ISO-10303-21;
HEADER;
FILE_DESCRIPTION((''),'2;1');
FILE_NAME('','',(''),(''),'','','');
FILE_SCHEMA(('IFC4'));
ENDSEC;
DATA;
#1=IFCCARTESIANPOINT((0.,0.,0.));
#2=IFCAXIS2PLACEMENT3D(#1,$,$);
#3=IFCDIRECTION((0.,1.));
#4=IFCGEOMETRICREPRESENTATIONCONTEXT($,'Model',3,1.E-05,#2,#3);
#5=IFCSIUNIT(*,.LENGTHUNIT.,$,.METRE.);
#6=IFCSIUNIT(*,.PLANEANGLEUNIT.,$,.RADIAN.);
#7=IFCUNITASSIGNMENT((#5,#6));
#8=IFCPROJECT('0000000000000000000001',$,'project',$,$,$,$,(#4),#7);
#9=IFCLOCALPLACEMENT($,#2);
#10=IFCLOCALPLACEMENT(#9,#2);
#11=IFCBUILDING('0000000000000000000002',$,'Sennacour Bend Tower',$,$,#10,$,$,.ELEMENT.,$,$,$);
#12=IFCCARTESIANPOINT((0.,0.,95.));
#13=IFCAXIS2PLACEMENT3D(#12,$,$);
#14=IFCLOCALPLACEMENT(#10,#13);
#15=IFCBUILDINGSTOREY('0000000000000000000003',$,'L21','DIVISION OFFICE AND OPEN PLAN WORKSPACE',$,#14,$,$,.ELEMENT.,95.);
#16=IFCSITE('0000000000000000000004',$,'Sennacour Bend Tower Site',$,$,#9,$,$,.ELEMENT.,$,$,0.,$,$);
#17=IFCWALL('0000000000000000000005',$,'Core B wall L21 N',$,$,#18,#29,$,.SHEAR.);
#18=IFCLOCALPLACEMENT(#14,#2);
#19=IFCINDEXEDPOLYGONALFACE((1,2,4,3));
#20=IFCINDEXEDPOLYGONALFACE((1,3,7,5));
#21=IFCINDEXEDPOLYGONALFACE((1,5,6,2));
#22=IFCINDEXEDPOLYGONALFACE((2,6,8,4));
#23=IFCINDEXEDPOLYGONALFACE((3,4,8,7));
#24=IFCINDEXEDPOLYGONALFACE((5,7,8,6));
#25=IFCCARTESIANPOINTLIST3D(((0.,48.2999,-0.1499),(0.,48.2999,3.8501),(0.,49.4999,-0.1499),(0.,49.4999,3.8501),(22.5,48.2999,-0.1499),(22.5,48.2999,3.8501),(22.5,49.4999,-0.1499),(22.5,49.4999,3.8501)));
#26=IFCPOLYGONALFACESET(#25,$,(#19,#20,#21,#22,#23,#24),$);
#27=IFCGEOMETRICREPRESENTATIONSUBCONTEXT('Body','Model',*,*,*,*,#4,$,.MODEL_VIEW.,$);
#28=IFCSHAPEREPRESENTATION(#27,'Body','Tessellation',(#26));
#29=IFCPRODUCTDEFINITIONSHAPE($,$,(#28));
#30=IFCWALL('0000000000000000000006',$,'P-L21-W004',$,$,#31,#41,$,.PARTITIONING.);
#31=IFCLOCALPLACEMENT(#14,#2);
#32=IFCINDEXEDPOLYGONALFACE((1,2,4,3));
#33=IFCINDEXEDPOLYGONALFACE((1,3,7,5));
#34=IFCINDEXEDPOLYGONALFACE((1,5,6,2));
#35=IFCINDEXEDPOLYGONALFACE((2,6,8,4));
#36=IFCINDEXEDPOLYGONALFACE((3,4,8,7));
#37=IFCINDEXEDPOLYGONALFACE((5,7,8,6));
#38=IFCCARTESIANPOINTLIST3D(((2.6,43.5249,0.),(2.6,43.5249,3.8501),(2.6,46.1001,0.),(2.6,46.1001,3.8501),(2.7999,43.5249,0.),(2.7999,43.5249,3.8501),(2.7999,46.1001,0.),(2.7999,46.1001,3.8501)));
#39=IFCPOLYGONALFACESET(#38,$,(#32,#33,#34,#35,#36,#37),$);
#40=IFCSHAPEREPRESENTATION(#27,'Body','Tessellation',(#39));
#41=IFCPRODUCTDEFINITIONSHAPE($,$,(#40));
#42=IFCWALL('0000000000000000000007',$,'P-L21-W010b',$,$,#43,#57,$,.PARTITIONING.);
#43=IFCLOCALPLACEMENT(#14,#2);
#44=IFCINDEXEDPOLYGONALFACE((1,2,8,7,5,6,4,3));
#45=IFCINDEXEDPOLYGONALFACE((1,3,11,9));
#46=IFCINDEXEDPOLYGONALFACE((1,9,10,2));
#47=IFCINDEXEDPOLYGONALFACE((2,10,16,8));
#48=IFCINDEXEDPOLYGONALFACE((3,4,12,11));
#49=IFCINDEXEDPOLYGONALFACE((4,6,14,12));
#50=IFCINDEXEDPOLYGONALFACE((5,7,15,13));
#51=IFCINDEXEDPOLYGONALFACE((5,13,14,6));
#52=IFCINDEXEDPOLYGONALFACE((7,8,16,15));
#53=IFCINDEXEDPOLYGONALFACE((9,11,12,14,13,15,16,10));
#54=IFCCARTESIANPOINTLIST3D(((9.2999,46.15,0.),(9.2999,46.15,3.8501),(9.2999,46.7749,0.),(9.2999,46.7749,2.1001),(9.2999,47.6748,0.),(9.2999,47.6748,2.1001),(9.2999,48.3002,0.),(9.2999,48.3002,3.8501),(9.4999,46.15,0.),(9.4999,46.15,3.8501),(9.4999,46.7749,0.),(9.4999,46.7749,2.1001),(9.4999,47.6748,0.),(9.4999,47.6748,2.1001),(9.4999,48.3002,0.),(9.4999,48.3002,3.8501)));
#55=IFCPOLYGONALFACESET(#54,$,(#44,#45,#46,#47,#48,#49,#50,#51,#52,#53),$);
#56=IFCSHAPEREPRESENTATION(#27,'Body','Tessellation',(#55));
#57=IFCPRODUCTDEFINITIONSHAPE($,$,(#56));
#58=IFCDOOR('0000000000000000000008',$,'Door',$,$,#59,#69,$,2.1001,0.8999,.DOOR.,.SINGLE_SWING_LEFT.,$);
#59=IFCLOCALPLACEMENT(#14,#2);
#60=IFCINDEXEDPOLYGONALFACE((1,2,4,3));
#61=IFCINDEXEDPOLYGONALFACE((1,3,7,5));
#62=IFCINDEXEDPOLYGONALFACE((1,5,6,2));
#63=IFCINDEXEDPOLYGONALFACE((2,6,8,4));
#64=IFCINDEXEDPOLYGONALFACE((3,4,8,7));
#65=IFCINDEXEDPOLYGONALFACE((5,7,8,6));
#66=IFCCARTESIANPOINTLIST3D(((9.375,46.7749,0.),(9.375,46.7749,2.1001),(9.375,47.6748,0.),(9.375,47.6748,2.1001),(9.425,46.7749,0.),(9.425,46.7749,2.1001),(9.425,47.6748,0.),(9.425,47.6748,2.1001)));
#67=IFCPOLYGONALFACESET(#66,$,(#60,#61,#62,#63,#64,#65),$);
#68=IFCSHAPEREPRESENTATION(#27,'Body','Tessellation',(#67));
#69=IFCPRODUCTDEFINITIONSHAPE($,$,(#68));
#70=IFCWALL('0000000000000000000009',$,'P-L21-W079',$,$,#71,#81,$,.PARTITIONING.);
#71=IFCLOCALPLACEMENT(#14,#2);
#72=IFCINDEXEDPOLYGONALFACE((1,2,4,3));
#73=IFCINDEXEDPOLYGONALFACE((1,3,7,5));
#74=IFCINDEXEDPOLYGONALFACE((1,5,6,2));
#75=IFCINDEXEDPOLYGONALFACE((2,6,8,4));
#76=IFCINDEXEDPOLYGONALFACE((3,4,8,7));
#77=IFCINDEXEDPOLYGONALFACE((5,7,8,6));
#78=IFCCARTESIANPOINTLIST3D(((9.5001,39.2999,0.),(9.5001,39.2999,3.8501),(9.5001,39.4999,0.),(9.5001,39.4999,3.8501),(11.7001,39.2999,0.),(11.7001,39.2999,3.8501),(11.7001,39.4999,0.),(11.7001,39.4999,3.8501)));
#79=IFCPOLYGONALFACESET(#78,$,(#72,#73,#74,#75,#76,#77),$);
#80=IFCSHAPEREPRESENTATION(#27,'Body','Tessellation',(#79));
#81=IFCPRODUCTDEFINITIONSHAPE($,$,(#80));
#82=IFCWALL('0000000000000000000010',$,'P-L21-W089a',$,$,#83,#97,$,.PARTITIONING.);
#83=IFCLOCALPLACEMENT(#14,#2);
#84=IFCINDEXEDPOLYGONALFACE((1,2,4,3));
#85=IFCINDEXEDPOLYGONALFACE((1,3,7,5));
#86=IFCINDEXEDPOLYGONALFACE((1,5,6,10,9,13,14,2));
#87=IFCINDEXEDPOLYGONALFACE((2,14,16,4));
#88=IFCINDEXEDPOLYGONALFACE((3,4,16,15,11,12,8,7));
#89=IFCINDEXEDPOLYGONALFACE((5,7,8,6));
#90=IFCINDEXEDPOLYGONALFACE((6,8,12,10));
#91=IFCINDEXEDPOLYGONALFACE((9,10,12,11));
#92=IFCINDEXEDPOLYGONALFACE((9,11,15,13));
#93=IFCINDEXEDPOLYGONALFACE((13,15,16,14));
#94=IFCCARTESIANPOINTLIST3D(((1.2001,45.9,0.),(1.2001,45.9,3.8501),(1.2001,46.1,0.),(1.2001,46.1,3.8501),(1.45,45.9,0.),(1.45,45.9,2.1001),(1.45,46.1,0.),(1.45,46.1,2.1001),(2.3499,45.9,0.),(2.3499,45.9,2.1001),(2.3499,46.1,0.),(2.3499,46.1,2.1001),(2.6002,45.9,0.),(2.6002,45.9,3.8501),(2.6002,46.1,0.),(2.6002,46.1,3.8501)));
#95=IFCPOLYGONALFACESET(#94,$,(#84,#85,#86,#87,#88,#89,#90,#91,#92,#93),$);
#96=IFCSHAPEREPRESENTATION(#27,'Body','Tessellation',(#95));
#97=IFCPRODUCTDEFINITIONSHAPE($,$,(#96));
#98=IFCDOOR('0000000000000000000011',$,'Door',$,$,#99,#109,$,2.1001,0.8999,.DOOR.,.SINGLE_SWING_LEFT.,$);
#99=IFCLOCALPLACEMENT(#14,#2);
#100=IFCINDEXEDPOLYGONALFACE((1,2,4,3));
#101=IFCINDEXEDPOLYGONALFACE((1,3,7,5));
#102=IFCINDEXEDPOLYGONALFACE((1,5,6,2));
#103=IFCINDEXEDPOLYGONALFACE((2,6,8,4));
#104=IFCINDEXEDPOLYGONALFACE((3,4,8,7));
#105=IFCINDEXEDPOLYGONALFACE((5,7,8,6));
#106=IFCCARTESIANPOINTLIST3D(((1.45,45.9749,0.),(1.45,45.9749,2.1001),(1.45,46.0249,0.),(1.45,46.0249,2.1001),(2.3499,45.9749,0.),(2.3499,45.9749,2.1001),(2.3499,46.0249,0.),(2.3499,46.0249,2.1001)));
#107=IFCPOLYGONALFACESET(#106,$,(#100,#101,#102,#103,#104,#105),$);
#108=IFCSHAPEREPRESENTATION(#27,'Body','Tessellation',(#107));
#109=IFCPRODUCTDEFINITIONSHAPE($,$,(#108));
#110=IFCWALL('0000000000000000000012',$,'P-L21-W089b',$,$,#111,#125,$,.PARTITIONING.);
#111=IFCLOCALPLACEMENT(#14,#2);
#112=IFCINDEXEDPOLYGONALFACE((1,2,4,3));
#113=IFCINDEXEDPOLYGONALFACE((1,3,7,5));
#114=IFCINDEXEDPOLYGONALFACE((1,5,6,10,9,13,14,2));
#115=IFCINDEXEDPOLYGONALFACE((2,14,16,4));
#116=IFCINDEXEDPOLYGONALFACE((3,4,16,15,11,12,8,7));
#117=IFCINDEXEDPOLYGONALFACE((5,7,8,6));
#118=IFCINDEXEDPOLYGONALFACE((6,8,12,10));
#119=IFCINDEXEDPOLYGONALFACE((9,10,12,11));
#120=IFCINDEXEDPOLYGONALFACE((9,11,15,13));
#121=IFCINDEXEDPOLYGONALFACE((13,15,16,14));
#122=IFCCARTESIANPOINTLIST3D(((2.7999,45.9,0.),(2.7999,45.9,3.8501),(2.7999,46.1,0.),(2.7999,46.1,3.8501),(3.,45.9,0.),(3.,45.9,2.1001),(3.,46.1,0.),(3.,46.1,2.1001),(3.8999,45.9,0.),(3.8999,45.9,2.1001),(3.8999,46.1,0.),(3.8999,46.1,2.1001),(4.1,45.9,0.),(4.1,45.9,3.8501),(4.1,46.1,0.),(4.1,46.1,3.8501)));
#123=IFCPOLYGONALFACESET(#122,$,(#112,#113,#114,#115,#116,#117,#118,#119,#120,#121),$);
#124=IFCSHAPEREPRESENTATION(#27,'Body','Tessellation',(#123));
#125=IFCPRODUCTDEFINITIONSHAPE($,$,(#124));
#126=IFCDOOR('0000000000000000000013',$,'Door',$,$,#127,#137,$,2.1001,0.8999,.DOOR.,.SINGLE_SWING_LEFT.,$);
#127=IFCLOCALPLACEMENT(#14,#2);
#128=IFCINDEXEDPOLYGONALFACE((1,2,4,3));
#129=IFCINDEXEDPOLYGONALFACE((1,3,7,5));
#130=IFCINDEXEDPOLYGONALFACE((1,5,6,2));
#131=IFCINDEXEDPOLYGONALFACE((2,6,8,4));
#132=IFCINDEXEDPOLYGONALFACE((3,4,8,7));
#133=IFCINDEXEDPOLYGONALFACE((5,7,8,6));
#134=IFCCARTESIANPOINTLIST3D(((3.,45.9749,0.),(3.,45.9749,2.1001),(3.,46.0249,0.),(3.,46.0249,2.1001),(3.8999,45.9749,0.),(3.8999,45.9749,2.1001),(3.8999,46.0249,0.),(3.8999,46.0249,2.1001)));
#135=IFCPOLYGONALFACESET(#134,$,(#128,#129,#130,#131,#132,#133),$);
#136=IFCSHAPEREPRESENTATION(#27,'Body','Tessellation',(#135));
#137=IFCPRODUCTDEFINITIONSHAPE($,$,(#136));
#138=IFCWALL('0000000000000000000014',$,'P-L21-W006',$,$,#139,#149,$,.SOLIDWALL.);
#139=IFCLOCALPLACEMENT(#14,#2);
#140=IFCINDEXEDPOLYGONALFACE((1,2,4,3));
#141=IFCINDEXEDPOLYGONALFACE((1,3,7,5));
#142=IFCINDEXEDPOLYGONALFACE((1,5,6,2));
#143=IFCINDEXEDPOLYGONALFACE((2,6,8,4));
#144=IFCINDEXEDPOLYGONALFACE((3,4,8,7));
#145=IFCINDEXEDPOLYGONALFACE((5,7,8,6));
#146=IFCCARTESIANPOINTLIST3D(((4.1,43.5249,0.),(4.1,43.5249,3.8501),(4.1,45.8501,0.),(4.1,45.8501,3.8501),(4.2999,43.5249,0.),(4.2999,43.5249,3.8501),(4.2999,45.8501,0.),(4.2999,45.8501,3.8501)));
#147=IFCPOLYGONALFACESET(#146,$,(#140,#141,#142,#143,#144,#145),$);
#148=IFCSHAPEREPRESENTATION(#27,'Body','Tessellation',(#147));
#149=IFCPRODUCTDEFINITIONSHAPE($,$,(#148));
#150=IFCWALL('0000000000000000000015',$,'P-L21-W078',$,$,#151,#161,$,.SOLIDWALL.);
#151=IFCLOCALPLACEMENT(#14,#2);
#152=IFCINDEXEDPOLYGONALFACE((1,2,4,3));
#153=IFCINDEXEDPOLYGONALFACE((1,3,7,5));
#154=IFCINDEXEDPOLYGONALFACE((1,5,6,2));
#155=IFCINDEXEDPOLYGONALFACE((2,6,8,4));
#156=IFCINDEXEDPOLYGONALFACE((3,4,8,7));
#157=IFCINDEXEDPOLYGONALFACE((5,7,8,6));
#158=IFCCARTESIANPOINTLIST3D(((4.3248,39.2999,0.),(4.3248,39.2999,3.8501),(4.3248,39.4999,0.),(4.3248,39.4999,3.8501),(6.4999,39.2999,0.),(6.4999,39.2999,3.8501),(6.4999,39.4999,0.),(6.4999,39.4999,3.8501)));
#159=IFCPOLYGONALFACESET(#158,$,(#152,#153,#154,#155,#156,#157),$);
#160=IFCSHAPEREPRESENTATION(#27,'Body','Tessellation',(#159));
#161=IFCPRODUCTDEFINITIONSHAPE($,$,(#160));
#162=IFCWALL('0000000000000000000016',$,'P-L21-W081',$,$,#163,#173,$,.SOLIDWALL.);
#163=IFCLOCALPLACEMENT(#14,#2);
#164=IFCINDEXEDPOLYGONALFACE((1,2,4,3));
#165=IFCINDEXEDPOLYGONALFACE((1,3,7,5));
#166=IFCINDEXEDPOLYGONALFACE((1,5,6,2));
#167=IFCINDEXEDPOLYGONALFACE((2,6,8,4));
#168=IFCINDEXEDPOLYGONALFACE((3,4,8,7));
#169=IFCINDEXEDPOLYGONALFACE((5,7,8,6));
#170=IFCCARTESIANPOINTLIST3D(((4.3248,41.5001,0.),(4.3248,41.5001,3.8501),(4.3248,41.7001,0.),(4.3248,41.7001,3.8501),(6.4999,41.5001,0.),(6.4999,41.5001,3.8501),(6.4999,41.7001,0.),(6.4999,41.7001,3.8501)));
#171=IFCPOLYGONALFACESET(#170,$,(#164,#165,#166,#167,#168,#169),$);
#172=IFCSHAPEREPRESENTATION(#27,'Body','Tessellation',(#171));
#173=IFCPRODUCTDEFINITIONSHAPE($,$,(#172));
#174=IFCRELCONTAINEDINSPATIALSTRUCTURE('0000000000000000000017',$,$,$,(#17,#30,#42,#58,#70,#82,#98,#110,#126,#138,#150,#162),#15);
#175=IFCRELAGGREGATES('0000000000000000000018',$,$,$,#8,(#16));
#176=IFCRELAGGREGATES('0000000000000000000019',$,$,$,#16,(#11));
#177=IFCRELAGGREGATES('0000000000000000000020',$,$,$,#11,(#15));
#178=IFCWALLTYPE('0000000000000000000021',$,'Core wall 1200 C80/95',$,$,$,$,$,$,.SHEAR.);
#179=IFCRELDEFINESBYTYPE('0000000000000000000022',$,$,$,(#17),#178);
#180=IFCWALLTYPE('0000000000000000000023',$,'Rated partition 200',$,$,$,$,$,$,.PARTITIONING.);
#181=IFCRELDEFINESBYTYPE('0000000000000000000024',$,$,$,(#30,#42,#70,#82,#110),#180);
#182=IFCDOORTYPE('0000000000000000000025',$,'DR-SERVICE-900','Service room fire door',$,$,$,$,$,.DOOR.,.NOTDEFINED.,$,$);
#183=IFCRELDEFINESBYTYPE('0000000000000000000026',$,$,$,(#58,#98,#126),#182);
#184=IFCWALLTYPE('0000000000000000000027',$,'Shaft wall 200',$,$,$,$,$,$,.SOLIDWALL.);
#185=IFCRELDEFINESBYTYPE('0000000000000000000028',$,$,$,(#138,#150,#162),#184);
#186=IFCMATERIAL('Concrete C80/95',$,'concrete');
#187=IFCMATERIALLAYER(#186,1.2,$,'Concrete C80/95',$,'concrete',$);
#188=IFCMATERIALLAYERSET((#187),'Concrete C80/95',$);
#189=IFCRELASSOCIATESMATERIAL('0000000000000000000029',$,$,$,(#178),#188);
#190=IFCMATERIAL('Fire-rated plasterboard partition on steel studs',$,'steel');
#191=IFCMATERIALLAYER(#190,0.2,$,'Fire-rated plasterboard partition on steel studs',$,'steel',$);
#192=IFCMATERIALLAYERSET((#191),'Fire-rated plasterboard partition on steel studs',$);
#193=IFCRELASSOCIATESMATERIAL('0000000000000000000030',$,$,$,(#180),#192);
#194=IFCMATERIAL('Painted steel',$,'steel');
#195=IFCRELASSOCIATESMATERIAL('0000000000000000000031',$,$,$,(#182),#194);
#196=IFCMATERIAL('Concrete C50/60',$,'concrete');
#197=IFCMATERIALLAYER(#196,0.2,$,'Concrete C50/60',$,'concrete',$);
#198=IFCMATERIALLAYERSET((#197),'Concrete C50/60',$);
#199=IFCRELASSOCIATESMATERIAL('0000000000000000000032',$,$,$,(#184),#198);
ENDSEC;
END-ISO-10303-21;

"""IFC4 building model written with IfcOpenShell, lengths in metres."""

from ifc_helpers import new_model, si_unit, direction, frame, frame_2d, origin, place, context, subcontext, project, spatial, rectangle, extrude, material, layer, layer_set, type_object, element, fill, save


model = new_model("IFC4")

# Units and contexts
model_context = context("Model", 3, precision=1e-05, world=origin(), true_north=direction((0.0, 1.0)))
body_context = subcontext(model_context, "Body", "Model", "MODEL_VIEW")
ifc_project = project(units=[si_unit("LENGTHUNIT", "METRE"), si_unit("PLANEANGLEUNIT", "RADIAN")], contexts=[model_context])

# Site, building, storey
site_placement = place(None, origin())
site = spatial("IfcSite", under=ifc_project, at=site_placement, Name="Sennacour Bend Tower Site", CompositionType="ELEMENT", RefElevation=0.0)
building_placement = place(site_placement, origin())
building = spatial("IfcBuilding", under=site, at=building_placement, Name="Sennacour Bend Tower", CompositionType="ELEMENT")
storey_placement = place(building_placement, frame((0.0, 0.0, 95.0)))
storey = spatial("IfcBuildingStorey", under=building, at=storey_placement, Name="L21", Description="DIVISION OFFICE AND OPEN PLAN WORKSPACE", CompositionType="ELEMENT", Elevation=95.0)

# Walls
ifc_material_1 = material(Name="Concrete C80/95", Category="concrete")
ifc_layer_1 = layer(ifc_material_1, 1.2, Name="Concrete C80/95", Category="concrete")
ifc_layer_set_1 = layer_set([ifc_layer_1], Name="Concrete C80/95")
wall_type_1 = type_object("IfcWallType", Name="Core wall 1200 C80/95", PredefinedType="SHEAR", material=ifc_layer_set_1)
wall_1_placement = place(storey_placement, frame((0.0, 48.8999, -0.1499), z_axis=(0.0, 0.0, 1.0), x_axis=(1.0, 0.0, 0.0)))
element("IfcWall", 1, at=wall_1_placement, inside=storey, type_object=wall_type_1, Name="Core B wall L21 N", PredefinedType="SHEAR", context=body_context, shape_type="SweptSolid", body=[
    extrude(rectangle(XDim=22.5, YDim=1.2, at=frame_2d((11.25, 0.0))), origin(), (0.0, 0.0, 1.0), 4.0),
])
ifc_material_2 = material(Name="Fire-rated plasterboard partition on steel studs", Category="steel")
ifc_layer_2 = layer(ifc_material_2, 0.2, Name="Fire-rated plasterboard partition on steel studs", Category="steel")
ifc_layer_set_2 = layer_set([ifc_layer_2], Name="Fire-rated plasterboard partition on steel studs")
wall_type_2 = type_object("IfcWallType", Name="Rated partition 200", PredefinedType="PARTITIONING", material=ifc_layer_set_2)
wall_2_placement = place(storey_placement, frame((2.7, 43.5249, 0.0), z_axis=(0.0, 0.0, 1.0), x_axis=(0.0, 1.0, 0.0)))
element("IfcWall", 2, at=wall_2_placement, inside=storey, type_object=wall_type_2, Name="P-L21-W004", PredefinedType="PARTITIONING", context=body_context, shape_type="SweptSolid", body=[
    extrude(rectangle(XDim=2.5752, YDim=0.2, at=frame_2d((1.2876, 0.0))), origin(), (0.0, 0.0, 1.0), 3.8501),
])

# Wall, opening, door
wall_3_placement = place(storey_placement, frame((9.3999, 46.1499, 0.0), z_axis=(0.0, 0.0, 1.0), x_axis=(0.0, 1.0, 0.0)))
wall_3 = element("IfcWall", 3, at=wall_3_placement, inside=storey, type_object=wall_type_2, Name="P-L21-W010b", PredefinedType="PARTITIONING", context=body_context, shape_type="SweptSolid", body=[
    extrude(rectangle(XDim=2.1501, YDim=0.2, at=frame_2d((1.0752, 0.0))), origin(), (0.0, 0.0, 1.0), 3.8501),
])
opening_1_placement = place(wall_3_placement, frame((0.625, 0.0, 0.0)))
opening_1 = element("IfcOpeningElement", 4, at=opening_1_placement, cuts=wall_3, PredefinedType="OPENING", context=body_context, shape_type="SweptSolid", body=[
    extrude(rectangle(XDim=0.8999, YDim=2.1001, at=frame_2d((0.45, 1.05))), frame((0.0, 0.1099, 0.0), z_axis=(0.0, -1.0, 0.0), x_axis=(1.0, 0.0, 0.0)), (0.0, 0.0, 1.0), 0.22),
])
ifc_material_3 = material(Name="Painted steel", Category="steel")
door_type_1 = type_object("IfcDoorType", Name="DR-SERVICE-900", Description="Service room fire door", OperationType="NOTDEFINED", PredefinedType="DOOR", material=ifc_material_3)
door_1_placement = place(opening_1_placement, origin())
door_1 = element("IfcDoor", 5, at=door_1_placement, inside=storey, type_object=door_type_1, Name="Door", OperationType="SINGLE_SWING_LEFT", OverallHeight=2.1001, OverallWidth=0.8999, PredefinedType="DOOR", context=body_context, shape_type="SweptSolid", body=[
    extrude(rectangle(XDim=0.8999, YDim=2.1001, at=frame_2d((0.45, 1.05))), frame((0.0, 0.0249, 0.0), z_axis=(0.0, -1.0, 0.0), x_axis=(1.0, 0.0, 0.0)), (0.0, 0.0, 1.0), 0.05),
])
fill(opening_1, door_1)

# Wall
wall_4_placement = place(storey_placement, frame((9.5, 39.3999, 0.0), z_axis=(0.0, 0.0, 1.0), x_axis=(1.0, 0.0, 0.0)))
element("IfcWall", 6, at=wall_4_placement, inside=storey, type_object=wall_type_2, Name="P-L21-W079", PredefinedType="PARTITIONING", context=body_context, shape_type="SweptSolid", body=[
    extrude(rectangle(XDim=2.2, YDim=0.2, at=frame_2d((1.1001, 0.0))), origin(), (0.0, 0.0, 1.0), 3.8501),
])

# Walls, openings, doors
wall_5_placement = place(storey_placement, frame((1.2, 46.0, 0.0), z_axis=(0.0, 0.0, 1.0), x_axis=(1.0, 0.0, 0.0)))
wall_5 = element("IfcWall", 7, at=wall_5_placement, inside=storey, type_object=wall_type_2, Name="P-L21-W089a", PredefinedType="PARTITIONING", context=body_context, shape_type="SweptSolid", body=[
    extrude(rectangle(XDim=1.4001, YDim=0.2, at=frame_2d((0.7002, 0.0))), origin(), (0.0, 0.0, 1.0), 3.8501),
])
opening_2_placement = place(wall_5_placement, frame((0.25, 0.0, 0.0)))
opening_2 = element("IfcOpeningElement", 8, at=opening_2_placement, cuts=wall_5, PredefinedType="OPENING", context=body_context, shape_type="SweptSolid", body=[
    extrude(rectangle(XDim=0.8999, YDim=2.1001, at=frame_2d((0.45, 1.05))), frame((0.0, 0.1099, 0.0), z_axis=(0.0, -1.0, 0.0), x_axis=(1.0, 0.0, 0.0)), (0.0, 0.0, 1.0), 0.22),
])
door_2_placement = place(opening_2_placement, origin())
door_2 = element("IfcDoor", 9, at=door_2_placement, inside=storey, type_object=door_type_1, Name="Door", OperationType="SINGLE_SWING_LEFT", OverallHeight=2.1001, OverallWidth=0.8999, PredefinedType="DOOR", context=body_context, shape_type="SweptSolid", body=[
    extrude(rectangle(XDim=0.8999, YDim=2.1001, at=frame_2d((0.45, 1.05))), frame((0.0, 0.0249, 0.0), z_axis=(0.0, -1.0, 0.0), x_axis=(1.0, 0.0, 0.0)), (0.0, 0.0, 1.0), 0.05),
])
fill(opening_2, door_2)
wall_6_placement = place(storey_placement, frame((2.8, 46.0, 0.0), z_axis=(0.0, 0.0, 1.0), x_axis=(1.0, 0.0, 0.0)))
wall_6 = element("IfcWall", 10, at=wall_6_placement, inside=storey, type_object=wall_type_2, Name="P-L21-W089b", PredefinedType="PARTITIONING", context=body_context, shape_type="SweptSolid", body=[
    extrude(rectangle(XDim=1.3, YDim=0.2, at=frame_2d((0.6499, 0.0))), origin(), (0.0, 0.0, 1.0), 3.8501),
])
opening_3_placement = place(wall_6_placement, frame((0.2, 0.0, 0.0)))
opening_3 = element("IfcOpeningElement", 11, at=opening_3_placement, cuts=wall_6, PredefinedType="OPENING", context=body_context, shape_type="SweptSolid", body=[
    extrude(rectangle(XDim=0.8999, YDim=2.1001, at=frame_2d((0.45, 1.05))), frame((0.0, 0.1099, 0.0), z_axis=(0.0, -1.0, 0.0), x_axis=(1.0, 0.0, 0.0)), (0.0, 0.0, 1.0), 0.22),
])
door_3_placement = place(opening_3_placement, origin())
door_3 = element("IfcDoor", 12, at=door_3_placement, inside=storey, type_object=door_type_1, Name="Door", OperationType="SINGLE_SWING_LEFT", OverallHeight=2.1001, OverallWidth=0.8999, PredefinedType="DOOR", context=body_context, shape_type="SweptSolid", body=[
    extrude(rectangle(XDim=0.8999, YDim=2.1001, at=frame_2d((0.45, 1.05))), frame((0.0, 0.0249, 0.0), z_axis=(0.0, -1.0, 0.0), x_axis=(1.0, 0.0, 0.0)), (0.0, 0.0, 1.0), 0.05),
])
fill(opening_3, door_3)

# Walls
ifc_material_4 = material(Name="Concrete C50/60", Category="concrete")
ifc_layer_3 = layer(ifc_material_4, 0.2, Name="Concrete C50/60", Category="concrete")
ifc_layer_set_3 = layer_set([ifc_layer_3], Name="Concrete C50/60")
wall_type_3 = type_object("IfcWallType", Name="Shaft wall 200", PredefinedType="SOLIDWALL", material=ifc_layer_set_3)
wall_7_placement = place(storey_placement, frame((4.2, 43.5249, 0.0), z_axis=(0.0, 0.0, 1.0), x_axis=(0.0, 1.0, 0.0)))
element("IfcWall", 13, at=wall_7_placement, inside=storey, type_object=wall_type_3, Name="P-L21-W006", PredefinedType="SOLIDWALL", context=body_context, shape_type="SweptSolid", body=[
    extrude(rectangle(XDim=2.3252, YDim=0.2, at=frame_2d((1.1626, 0.0))), origin(), (0.0, 0.0, 1.0), 3.8501),
])
for number, where, z_axis, x_axis, name in (
    (14, (4.325, 39.3999, 0.0), (0.0, 0.0, 1.0), (1.0, 0.0, 0.0), "P-L21-W078"),
    (15, (4.325, 41.6001, 0.0), (0.0, 0.0, 1.0), (1.0, 0.0, 0.0), "P-L21-W081"),
):
    element("IfcWall", number, at=place(storey_placement, frame(where, z_axis=z_axis, x_axis=x_axis)), inside=storey, type_object=wall_type_3, Name=name, PredefinedType="SOLIDWALL", context=body_context, shape_type="SweptSolid", body=[
        extrude(rectangle(XDim=2.175, YDim=0.2, at=frame_2d((1.0874, 0.0))), origin(), (0.0, 0.0, 1.0), 3.8501),
    ])

save(model, "model.ifc")
